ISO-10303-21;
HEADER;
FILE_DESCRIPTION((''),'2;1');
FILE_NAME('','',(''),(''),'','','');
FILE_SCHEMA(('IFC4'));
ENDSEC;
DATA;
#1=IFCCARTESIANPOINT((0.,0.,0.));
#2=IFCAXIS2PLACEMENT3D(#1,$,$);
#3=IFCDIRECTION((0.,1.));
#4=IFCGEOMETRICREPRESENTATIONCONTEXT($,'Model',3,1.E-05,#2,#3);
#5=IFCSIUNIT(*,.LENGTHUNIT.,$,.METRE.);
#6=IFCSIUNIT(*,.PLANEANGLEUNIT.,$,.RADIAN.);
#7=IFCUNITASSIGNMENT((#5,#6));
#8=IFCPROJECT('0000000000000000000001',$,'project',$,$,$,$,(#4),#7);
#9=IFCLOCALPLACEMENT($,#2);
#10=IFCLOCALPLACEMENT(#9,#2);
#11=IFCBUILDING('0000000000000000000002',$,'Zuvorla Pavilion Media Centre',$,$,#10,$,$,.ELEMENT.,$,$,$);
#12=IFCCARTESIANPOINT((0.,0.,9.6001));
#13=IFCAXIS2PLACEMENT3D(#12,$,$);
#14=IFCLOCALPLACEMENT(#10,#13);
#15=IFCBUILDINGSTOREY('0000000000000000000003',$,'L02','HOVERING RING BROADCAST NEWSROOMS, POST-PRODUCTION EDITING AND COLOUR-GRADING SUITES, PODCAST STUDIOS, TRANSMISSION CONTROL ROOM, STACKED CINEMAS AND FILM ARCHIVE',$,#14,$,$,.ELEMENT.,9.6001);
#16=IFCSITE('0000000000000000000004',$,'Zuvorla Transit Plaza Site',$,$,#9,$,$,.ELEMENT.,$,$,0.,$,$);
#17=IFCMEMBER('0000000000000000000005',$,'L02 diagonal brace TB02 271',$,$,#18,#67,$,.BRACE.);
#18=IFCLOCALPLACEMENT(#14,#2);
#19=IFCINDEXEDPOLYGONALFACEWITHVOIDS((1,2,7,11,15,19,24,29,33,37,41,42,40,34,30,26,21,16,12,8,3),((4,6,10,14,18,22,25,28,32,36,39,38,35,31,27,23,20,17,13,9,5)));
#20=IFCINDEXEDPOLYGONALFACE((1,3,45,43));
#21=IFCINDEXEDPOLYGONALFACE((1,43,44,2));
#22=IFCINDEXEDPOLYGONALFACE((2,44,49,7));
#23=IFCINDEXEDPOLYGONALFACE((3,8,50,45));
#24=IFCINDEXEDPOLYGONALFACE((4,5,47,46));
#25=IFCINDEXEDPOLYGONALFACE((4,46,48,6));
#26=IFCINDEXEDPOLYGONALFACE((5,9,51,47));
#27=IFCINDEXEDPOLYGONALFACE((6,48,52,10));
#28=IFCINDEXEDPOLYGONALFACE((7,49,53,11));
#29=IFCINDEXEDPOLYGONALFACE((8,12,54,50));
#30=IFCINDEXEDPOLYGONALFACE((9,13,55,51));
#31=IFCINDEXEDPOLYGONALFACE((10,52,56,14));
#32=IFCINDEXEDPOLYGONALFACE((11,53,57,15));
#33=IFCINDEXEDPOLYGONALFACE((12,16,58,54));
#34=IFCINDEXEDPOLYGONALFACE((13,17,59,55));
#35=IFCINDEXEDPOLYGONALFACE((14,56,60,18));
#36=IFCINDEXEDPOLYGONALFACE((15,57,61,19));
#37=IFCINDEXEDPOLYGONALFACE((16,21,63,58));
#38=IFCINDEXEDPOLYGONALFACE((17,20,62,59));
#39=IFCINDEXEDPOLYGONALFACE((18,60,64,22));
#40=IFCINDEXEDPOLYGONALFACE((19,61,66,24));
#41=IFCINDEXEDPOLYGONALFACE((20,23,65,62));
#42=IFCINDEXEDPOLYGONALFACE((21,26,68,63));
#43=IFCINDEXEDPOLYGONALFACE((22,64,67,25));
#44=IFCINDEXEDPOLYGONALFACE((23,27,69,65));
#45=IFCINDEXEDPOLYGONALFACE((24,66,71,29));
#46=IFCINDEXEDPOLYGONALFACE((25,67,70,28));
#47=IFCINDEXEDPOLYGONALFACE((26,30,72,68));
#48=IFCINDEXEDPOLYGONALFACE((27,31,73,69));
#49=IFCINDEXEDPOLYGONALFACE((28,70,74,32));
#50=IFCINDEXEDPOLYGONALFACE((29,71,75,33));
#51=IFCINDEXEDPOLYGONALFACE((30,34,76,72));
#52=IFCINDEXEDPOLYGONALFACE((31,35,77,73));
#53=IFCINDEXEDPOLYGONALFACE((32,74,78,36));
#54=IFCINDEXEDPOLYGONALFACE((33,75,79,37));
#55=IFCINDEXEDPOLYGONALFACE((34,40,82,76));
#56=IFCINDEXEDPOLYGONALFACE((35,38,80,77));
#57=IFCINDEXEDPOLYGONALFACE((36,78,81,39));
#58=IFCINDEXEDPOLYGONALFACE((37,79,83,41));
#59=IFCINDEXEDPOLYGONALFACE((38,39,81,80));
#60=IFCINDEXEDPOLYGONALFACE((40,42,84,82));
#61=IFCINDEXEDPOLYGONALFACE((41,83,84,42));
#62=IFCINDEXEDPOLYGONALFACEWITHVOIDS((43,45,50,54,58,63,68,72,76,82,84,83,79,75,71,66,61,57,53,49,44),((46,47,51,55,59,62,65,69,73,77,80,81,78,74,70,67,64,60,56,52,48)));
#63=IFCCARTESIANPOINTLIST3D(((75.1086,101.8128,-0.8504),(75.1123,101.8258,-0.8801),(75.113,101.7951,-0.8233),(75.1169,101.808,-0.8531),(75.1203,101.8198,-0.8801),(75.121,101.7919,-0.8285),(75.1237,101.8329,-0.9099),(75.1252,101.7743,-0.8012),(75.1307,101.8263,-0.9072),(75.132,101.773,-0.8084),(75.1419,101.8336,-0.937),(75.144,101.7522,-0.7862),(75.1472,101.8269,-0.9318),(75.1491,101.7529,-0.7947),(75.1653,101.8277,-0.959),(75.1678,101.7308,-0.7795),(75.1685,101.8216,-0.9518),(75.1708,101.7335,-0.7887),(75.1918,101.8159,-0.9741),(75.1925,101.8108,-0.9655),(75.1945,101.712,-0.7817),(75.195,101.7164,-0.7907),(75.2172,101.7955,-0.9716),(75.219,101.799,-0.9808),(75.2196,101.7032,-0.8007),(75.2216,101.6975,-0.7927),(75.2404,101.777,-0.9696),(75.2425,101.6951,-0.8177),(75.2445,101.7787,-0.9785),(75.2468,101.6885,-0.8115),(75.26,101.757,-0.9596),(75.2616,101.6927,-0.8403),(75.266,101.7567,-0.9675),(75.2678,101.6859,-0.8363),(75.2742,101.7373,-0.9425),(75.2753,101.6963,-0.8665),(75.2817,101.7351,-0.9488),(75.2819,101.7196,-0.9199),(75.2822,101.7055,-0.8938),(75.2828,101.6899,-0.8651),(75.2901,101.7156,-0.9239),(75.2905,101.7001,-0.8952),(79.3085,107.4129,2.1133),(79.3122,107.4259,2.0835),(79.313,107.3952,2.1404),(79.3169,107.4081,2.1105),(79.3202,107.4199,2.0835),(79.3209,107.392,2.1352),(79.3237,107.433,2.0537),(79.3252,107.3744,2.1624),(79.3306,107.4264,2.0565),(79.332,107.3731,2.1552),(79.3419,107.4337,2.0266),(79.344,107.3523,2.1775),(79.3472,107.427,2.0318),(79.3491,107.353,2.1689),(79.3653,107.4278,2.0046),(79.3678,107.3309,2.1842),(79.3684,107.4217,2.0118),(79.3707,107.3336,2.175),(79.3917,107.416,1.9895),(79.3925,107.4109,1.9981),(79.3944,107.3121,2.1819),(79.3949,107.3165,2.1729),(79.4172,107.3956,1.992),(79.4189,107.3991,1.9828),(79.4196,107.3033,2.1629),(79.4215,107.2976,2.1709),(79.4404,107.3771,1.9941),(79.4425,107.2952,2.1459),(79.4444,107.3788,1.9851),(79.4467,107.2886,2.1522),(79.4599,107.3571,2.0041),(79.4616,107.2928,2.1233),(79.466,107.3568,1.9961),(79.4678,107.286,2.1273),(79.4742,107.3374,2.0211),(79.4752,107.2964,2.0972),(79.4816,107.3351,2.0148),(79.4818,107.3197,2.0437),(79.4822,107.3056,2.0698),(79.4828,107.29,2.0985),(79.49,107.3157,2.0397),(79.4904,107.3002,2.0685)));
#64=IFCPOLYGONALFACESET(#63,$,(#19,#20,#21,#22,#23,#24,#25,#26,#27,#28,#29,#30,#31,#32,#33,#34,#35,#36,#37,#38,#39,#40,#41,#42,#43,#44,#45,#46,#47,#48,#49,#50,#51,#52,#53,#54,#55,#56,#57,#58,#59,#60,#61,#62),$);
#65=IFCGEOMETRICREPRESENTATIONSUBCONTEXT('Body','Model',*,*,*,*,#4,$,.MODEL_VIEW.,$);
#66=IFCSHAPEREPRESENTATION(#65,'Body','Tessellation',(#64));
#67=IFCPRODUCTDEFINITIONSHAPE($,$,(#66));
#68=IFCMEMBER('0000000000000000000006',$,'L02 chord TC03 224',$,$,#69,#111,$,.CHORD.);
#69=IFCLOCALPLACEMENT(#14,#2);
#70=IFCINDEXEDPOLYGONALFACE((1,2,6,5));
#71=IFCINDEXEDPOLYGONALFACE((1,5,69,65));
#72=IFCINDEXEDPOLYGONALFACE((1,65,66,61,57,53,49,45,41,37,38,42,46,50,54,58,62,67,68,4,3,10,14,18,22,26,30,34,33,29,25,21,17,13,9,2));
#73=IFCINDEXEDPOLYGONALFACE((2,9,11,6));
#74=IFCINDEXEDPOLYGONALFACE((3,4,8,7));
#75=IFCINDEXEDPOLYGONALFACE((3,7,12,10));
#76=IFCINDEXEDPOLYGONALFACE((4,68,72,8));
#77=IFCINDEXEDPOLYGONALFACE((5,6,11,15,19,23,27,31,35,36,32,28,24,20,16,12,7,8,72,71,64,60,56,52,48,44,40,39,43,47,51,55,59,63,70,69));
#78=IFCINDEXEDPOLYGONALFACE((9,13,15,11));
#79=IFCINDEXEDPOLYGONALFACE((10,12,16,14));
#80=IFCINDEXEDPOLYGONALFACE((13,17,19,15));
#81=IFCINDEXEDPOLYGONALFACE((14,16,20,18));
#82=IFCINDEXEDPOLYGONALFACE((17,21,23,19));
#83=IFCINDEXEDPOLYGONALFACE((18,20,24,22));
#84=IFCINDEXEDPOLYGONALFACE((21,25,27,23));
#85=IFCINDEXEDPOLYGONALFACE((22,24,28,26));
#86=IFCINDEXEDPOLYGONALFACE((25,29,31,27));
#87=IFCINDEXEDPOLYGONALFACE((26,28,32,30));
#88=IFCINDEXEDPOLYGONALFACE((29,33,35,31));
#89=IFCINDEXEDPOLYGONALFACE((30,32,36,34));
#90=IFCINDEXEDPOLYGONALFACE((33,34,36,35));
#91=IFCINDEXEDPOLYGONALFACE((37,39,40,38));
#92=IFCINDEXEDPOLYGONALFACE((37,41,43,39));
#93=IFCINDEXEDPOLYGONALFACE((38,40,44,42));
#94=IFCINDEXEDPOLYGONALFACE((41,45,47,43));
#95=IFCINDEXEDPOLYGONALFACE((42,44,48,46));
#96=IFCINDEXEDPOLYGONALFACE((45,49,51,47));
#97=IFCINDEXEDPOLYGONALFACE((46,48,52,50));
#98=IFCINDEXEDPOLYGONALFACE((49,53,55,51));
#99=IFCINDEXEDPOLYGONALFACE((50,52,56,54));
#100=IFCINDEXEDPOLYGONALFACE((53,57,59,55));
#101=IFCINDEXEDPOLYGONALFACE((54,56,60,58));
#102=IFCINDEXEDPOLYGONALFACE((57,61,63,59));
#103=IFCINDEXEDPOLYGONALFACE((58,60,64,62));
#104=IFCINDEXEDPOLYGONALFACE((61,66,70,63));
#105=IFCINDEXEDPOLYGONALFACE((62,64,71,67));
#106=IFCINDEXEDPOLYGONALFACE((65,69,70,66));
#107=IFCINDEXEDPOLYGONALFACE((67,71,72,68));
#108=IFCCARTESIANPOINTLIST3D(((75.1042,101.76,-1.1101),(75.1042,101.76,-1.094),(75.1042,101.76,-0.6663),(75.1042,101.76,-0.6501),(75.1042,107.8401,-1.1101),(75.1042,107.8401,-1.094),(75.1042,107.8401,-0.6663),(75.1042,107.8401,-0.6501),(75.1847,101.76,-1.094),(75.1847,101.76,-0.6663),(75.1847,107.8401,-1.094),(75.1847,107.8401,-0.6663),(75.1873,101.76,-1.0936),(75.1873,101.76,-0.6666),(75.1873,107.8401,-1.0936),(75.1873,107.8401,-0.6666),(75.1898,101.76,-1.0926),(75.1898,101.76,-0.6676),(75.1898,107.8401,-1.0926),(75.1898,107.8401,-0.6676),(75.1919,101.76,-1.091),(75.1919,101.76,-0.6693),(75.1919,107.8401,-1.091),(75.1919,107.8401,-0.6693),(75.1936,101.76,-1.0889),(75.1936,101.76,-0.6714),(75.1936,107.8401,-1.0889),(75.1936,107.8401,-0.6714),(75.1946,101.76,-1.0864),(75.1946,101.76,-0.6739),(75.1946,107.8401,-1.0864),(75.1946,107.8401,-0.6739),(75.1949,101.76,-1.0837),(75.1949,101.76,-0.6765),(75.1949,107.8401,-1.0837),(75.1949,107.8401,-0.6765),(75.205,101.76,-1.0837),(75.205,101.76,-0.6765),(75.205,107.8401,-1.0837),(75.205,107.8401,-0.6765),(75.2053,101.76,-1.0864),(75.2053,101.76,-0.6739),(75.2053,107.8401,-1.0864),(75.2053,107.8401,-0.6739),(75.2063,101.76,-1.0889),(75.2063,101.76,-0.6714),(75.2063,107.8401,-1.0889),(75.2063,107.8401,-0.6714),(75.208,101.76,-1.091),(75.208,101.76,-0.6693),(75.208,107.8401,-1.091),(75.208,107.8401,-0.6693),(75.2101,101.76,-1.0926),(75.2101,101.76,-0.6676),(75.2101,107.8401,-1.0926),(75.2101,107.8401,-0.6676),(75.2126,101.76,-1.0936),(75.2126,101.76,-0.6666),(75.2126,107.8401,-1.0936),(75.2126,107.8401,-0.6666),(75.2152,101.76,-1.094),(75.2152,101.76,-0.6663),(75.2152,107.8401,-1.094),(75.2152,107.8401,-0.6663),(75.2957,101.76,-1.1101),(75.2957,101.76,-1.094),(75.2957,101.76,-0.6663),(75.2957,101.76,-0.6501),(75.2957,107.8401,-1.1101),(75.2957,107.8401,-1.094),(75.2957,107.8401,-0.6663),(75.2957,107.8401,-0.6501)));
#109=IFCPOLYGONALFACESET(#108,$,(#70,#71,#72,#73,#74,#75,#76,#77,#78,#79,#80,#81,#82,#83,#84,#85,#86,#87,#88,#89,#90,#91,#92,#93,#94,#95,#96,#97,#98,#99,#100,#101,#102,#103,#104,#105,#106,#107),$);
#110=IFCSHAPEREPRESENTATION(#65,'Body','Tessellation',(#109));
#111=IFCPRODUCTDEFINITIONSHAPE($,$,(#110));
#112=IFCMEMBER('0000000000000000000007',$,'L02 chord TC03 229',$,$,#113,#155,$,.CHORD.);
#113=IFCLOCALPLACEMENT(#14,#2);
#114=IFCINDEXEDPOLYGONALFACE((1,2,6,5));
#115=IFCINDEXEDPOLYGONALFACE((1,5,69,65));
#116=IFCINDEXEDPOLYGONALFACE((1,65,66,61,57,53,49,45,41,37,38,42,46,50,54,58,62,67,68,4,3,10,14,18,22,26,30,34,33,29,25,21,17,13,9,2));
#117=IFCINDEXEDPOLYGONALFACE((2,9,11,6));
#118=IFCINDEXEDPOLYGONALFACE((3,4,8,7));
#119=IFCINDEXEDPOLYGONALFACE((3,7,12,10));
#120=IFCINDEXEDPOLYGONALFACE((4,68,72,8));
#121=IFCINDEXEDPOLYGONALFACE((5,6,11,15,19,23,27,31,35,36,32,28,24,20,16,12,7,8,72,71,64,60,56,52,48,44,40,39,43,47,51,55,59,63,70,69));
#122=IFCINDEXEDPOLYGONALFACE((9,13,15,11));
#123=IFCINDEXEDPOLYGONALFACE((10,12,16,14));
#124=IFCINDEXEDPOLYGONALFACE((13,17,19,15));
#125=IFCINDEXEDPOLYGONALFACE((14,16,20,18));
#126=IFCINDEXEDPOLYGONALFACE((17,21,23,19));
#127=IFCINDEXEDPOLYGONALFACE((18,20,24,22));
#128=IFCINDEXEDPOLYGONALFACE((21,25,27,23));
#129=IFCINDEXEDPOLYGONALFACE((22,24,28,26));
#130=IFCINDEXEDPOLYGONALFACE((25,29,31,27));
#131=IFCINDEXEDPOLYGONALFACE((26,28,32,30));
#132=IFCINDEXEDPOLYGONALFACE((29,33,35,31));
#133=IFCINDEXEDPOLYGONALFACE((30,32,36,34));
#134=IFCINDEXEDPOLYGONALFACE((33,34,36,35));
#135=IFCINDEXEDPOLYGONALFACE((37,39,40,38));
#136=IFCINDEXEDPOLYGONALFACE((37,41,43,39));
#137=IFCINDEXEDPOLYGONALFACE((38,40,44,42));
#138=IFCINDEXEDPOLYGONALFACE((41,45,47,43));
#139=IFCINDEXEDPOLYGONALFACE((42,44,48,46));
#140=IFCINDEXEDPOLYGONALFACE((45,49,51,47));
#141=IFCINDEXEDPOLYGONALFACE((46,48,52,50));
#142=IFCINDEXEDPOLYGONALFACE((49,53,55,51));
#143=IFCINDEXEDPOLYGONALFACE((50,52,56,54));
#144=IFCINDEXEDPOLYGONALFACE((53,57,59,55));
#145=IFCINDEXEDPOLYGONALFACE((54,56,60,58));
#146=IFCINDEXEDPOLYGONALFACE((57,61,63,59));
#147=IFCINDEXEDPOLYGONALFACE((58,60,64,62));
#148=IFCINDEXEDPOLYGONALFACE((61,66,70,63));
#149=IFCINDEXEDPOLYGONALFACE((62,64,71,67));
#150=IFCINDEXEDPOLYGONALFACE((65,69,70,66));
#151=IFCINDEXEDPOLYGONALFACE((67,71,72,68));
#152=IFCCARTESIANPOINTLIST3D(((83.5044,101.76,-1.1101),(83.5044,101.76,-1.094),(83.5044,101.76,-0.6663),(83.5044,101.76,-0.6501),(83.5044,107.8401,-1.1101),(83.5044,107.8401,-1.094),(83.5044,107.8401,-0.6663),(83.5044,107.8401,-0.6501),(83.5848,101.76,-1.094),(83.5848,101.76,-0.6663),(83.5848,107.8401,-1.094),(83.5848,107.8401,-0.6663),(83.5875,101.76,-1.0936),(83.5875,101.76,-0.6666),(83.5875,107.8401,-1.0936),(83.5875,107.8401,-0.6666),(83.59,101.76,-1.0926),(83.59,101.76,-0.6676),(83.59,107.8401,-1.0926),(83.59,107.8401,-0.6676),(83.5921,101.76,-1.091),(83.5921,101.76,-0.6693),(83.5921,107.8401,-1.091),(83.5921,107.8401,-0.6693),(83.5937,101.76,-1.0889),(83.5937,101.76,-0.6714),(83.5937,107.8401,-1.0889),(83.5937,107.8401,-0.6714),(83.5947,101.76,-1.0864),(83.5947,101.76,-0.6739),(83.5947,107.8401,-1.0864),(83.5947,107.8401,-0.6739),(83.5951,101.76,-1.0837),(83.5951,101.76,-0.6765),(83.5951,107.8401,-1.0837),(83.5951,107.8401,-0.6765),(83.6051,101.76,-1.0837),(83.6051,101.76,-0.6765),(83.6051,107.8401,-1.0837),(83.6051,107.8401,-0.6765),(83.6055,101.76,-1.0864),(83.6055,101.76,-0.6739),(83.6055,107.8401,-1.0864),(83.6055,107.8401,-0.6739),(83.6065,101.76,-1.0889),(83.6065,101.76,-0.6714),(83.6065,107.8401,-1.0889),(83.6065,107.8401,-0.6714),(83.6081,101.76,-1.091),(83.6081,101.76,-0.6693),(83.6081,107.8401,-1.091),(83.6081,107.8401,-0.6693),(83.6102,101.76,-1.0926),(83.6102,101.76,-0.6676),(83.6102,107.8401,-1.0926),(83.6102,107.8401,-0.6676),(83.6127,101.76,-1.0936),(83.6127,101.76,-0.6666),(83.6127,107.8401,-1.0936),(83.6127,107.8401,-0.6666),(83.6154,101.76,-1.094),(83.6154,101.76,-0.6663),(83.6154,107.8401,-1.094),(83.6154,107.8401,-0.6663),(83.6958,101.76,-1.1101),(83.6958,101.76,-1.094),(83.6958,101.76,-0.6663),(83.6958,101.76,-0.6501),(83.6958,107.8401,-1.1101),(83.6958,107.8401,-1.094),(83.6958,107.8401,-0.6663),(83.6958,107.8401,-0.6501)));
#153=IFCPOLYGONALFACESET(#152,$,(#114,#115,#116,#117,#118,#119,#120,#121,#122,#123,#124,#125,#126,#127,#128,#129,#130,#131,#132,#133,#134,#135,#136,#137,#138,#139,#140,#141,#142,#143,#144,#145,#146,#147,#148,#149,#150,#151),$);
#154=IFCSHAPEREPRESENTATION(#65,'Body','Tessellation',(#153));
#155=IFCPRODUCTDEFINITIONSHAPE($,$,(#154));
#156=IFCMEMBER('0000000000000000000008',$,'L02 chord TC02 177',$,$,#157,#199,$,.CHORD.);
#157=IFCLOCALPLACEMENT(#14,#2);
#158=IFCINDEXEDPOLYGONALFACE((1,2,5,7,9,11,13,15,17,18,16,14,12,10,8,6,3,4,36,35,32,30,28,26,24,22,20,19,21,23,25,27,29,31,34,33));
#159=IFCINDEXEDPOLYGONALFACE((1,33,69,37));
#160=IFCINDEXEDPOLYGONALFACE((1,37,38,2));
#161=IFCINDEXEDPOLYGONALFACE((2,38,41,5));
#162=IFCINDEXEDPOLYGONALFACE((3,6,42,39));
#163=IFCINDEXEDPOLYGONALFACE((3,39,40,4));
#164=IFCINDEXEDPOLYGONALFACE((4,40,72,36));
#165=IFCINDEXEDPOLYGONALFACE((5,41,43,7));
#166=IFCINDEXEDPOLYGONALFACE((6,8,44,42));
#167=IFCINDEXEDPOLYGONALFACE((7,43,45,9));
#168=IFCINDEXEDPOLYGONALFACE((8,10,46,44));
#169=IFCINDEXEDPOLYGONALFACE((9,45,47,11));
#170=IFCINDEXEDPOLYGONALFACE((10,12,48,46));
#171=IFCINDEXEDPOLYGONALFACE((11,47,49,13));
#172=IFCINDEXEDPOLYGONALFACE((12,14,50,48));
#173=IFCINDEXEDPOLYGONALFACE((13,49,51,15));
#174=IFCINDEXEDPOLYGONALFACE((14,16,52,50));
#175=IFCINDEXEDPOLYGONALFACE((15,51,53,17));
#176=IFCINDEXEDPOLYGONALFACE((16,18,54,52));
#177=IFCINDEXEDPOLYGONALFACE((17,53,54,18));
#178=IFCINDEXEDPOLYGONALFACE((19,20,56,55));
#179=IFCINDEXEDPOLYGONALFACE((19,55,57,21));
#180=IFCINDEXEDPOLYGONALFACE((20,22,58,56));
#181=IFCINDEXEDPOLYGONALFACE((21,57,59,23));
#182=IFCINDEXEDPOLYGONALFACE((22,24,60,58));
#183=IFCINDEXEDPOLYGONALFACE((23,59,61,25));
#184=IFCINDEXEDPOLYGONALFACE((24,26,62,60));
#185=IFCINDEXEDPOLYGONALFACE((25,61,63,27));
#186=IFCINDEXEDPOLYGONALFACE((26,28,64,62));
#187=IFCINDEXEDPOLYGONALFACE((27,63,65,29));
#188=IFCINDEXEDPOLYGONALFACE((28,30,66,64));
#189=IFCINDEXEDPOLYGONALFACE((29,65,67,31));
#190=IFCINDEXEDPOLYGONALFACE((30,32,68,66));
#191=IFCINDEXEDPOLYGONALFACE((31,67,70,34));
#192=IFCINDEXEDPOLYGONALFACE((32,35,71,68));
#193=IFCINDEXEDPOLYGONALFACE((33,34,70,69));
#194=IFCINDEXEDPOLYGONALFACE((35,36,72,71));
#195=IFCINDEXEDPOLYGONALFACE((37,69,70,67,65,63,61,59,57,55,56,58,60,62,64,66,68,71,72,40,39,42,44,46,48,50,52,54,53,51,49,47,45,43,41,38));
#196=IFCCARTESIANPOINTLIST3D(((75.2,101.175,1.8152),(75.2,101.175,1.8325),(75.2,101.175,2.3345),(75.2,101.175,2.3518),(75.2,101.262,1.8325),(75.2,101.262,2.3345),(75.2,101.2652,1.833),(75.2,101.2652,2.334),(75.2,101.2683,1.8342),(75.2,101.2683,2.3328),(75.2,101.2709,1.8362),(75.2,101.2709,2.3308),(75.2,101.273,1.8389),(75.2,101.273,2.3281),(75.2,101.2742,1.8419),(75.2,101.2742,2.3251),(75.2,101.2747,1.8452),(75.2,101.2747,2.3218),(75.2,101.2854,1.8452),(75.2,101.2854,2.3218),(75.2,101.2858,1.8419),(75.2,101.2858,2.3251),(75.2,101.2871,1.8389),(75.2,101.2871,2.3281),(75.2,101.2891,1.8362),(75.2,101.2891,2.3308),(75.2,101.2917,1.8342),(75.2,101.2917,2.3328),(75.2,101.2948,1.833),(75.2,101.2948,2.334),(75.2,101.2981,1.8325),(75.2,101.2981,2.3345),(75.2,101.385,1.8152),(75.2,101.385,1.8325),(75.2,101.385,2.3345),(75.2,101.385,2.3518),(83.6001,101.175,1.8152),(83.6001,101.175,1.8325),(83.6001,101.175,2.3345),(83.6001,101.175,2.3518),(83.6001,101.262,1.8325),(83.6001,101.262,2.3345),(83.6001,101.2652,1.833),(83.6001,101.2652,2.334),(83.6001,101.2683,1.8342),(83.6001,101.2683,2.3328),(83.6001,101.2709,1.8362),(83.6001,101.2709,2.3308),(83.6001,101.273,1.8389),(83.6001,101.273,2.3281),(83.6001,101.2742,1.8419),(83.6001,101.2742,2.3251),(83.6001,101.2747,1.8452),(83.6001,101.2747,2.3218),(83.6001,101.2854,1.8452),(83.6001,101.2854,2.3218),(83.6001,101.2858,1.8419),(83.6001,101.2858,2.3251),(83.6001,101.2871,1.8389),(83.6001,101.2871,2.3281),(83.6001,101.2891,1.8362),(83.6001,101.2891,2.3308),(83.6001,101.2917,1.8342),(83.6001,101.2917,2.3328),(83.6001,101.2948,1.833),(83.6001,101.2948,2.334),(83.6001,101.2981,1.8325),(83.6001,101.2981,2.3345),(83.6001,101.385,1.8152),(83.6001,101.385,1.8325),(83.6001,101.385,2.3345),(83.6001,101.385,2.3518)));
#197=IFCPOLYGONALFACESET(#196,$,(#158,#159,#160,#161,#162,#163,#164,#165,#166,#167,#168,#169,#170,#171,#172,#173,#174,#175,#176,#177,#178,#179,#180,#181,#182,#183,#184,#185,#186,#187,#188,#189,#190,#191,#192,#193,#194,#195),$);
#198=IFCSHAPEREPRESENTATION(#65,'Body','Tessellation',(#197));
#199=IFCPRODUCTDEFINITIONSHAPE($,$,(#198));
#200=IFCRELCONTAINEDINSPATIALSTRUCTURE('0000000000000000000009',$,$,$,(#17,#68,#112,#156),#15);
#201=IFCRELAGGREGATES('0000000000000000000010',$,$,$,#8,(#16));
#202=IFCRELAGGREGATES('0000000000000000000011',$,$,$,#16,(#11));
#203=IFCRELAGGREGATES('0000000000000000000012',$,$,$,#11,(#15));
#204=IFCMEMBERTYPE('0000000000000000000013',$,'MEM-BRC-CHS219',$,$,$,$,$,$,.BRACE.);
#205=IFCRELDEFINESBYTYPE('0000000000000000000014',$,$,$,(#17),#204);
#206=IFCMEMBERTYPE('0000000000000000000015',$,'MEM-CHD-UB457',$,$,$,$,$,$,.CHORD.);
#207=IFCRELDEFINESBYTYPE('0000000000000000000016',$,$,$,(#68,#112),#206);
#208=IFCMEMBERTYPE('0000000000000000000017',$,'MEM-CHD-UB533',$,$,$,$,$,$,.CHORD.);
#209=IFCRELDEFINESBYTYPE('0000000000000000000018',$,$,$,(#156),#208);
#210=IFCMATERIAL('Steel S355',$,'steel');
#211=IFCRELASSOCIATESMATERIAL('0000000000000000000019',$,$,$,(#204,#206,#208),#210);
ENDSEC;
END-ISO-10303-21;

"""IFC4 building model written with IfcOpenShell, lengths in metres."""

from ifc_helpers import new_model, si_unit, direction, frame, origin, origin_2d, place, context, subcontext, project, spatial, hollow_circle, i_section, extrude, material, material_profile, profile_set, type_object, element, save


model = new_model("IFC4")

# Units and contexts
model_context = context("Model", 3, precision=1e-05, world=origin(), true_north=direction((0.0, 1.0)))
body_context = subcontext(model_context, "Body", "Model", "MODEL_VIEW")
ifc_project = project(units=[si_unit("LENGTHUNIT", "METRE"), si_unit("PLANEANGLEUNIT", "RADIAN")], contexts=[model_context])

# Site, building, storey
site_placement = place(None, origin())
site = spatial("IfcSite", under=ifc_project, at=site_placement, Name="Zuvorla Transit Plaza Site", CompositionType="ELEMENT", RefElevation=0.0)
building_placement = place(site_placement, origin())
building = spatial("IfcBuilding", under=site, at=building_placement, Name="Zuvorla Pavilion Media Centre", CompositionType="ELEMENT")
storey_placement = place(building_placement, frame((0.0, 0.0, 9.6001)))
storey = spatial("IfcBuildingStorey", under=building, at=storey_placement, Name="L02", Description="HOVERING RING BROADCAST NEWSROOMS, POST-PRODUCTION EDITING AND COLOUR-GRADING SUITES, PODCAST STUDIOS, TRANSMISSION CONTROL ROOM, STACKED CINEMAS AND FILM ARCHIVE", CompositionType="ELEMENT", Elevation=9.6001)

# Shared definitions
ifc_material_1 = material(Name="Steel S355", Category="steel")

# Members
ifc_material_profile_1 = material_profile(ifc_material_1, hollow_circle(Radius=0.1096, WallThickness=0.01, at=origin_2d()), Name="CHS 219.1x10")
ifc_profile_set_1 = profile_set([ifc_material_profile_1], Name="Steel S355")
member_type_1 = type_object("IfcMemberType", Name="MEM-BRC-CHS219", PredefinedType="BRACE", material=ifc_profile_set_1)
member_1_placement = place(storey_placement, frame((75.2, 101.76, -0.8801), z_axis=(0.552512, 0.736704, 0.38987), x_axis=(-0.800008, 0.599989, 0.0)))
element("IfcMember", 1, at=member_1_placement, inside=storey, type_object=member_type_1, Name="L02 diagonal brace TB02 271", PredefinedType="BRACE", context=body_context, shape_type="SweptSolid", body=[
    extrude(hollow_circle(Radius=0.1096, WallThickness=0.01, at=origin_2d()), origin(), (0.0, 0.0, 1.0), 7.6016),
])
ifc_material_profile_2 = material_profile(ifc_material_1, i_section(OverallWidth=0.1914, OverallDepth=0.46, WebThickness=0.01, FlangeThickness=0.0161, FilletRadius=0.0103, at=origin_2d()), Name="UB 457x191x82")
ifc_profile_set_2 = profile_set([ifc_material_profile_2], Name="Steel S355")
member_type_2 = type_object("IfcMemberType", Name="MEM-CHD-UB457", PredefinedType="CHORD", material=ifc_profile_set_2)
for number, where, z_axis, x_axis, name in (
    (2, (75.2, 101.76, -0.8801), (0.0, 1.0, 0.0), (-1.0, 0.0, 0.0), "L02 chord TC03 224"),
    (3, (83.6001, 101.76, -0.8801), (0.0, 1.0, 0.0), (-1.0, 0.0, 0.0), "L02 chord TC03 229"),
):
    element("IfcMember", number, at=place(storey_placement, frame(where, z_axis=z_axis, x_axis=x_axis)), inside=storey, type_object=member_type_2, Name=name, PredefinedType="CHORD", context=body_context, shape_type="SweptSolid", body=[
        extrude(i_section(OverallWidth=0.1914, OverallDepth=0.46, WebThickness=0.01, FlangeThickness=0.0161, FilletRadius=0.0103, at=origin_2d()), origin(), (0.0, 0.0, 1.0), 6.0801),
    ])
ifc_material_profile_3 = material_profile(ifc_material_1, i_section(OverallWidth=0.21, OverallDepth=0.5366, WebThickness=0.0107, FlangeThickness=0.0173, FilletRadius=0.0127, at=origin_2d()), Name="UB 533x210x101")
ifc_profile_set_3 = profile_set([ifc_material_profile_3], Name="Steel S355")
member_type_3 = type_object("IfcMemberType", Name="MEM-CHD-UB533", PredefinedType="CHORD", material=ifc_profile_set_3)
member_2_placement = place(storey_placement, frame((75.2, 101.28, 2.0835), z_axis=(1.0, 0.0, 0.0), x_axis=(0.0, 1.0, 0.0)))
element("IfcMember", 4, at=member_2_placement, inside=storey, type_object=member_type_3, Name="L02 chord TC02 177", PredefinedType="CHORD", context=body_context, shape_type="SweptSolid", body=[
    extrude(i_section(OverallWidth=0.21, OverallDepth=0.5366, WebThickness=0.0107, FlangeThickness=0.0173, FilletRadius=0.0127, at=origin_2d()), origin(), (0.0, 0.0, 1.0), 8.4001),
])

save(model, "model.ifc")
